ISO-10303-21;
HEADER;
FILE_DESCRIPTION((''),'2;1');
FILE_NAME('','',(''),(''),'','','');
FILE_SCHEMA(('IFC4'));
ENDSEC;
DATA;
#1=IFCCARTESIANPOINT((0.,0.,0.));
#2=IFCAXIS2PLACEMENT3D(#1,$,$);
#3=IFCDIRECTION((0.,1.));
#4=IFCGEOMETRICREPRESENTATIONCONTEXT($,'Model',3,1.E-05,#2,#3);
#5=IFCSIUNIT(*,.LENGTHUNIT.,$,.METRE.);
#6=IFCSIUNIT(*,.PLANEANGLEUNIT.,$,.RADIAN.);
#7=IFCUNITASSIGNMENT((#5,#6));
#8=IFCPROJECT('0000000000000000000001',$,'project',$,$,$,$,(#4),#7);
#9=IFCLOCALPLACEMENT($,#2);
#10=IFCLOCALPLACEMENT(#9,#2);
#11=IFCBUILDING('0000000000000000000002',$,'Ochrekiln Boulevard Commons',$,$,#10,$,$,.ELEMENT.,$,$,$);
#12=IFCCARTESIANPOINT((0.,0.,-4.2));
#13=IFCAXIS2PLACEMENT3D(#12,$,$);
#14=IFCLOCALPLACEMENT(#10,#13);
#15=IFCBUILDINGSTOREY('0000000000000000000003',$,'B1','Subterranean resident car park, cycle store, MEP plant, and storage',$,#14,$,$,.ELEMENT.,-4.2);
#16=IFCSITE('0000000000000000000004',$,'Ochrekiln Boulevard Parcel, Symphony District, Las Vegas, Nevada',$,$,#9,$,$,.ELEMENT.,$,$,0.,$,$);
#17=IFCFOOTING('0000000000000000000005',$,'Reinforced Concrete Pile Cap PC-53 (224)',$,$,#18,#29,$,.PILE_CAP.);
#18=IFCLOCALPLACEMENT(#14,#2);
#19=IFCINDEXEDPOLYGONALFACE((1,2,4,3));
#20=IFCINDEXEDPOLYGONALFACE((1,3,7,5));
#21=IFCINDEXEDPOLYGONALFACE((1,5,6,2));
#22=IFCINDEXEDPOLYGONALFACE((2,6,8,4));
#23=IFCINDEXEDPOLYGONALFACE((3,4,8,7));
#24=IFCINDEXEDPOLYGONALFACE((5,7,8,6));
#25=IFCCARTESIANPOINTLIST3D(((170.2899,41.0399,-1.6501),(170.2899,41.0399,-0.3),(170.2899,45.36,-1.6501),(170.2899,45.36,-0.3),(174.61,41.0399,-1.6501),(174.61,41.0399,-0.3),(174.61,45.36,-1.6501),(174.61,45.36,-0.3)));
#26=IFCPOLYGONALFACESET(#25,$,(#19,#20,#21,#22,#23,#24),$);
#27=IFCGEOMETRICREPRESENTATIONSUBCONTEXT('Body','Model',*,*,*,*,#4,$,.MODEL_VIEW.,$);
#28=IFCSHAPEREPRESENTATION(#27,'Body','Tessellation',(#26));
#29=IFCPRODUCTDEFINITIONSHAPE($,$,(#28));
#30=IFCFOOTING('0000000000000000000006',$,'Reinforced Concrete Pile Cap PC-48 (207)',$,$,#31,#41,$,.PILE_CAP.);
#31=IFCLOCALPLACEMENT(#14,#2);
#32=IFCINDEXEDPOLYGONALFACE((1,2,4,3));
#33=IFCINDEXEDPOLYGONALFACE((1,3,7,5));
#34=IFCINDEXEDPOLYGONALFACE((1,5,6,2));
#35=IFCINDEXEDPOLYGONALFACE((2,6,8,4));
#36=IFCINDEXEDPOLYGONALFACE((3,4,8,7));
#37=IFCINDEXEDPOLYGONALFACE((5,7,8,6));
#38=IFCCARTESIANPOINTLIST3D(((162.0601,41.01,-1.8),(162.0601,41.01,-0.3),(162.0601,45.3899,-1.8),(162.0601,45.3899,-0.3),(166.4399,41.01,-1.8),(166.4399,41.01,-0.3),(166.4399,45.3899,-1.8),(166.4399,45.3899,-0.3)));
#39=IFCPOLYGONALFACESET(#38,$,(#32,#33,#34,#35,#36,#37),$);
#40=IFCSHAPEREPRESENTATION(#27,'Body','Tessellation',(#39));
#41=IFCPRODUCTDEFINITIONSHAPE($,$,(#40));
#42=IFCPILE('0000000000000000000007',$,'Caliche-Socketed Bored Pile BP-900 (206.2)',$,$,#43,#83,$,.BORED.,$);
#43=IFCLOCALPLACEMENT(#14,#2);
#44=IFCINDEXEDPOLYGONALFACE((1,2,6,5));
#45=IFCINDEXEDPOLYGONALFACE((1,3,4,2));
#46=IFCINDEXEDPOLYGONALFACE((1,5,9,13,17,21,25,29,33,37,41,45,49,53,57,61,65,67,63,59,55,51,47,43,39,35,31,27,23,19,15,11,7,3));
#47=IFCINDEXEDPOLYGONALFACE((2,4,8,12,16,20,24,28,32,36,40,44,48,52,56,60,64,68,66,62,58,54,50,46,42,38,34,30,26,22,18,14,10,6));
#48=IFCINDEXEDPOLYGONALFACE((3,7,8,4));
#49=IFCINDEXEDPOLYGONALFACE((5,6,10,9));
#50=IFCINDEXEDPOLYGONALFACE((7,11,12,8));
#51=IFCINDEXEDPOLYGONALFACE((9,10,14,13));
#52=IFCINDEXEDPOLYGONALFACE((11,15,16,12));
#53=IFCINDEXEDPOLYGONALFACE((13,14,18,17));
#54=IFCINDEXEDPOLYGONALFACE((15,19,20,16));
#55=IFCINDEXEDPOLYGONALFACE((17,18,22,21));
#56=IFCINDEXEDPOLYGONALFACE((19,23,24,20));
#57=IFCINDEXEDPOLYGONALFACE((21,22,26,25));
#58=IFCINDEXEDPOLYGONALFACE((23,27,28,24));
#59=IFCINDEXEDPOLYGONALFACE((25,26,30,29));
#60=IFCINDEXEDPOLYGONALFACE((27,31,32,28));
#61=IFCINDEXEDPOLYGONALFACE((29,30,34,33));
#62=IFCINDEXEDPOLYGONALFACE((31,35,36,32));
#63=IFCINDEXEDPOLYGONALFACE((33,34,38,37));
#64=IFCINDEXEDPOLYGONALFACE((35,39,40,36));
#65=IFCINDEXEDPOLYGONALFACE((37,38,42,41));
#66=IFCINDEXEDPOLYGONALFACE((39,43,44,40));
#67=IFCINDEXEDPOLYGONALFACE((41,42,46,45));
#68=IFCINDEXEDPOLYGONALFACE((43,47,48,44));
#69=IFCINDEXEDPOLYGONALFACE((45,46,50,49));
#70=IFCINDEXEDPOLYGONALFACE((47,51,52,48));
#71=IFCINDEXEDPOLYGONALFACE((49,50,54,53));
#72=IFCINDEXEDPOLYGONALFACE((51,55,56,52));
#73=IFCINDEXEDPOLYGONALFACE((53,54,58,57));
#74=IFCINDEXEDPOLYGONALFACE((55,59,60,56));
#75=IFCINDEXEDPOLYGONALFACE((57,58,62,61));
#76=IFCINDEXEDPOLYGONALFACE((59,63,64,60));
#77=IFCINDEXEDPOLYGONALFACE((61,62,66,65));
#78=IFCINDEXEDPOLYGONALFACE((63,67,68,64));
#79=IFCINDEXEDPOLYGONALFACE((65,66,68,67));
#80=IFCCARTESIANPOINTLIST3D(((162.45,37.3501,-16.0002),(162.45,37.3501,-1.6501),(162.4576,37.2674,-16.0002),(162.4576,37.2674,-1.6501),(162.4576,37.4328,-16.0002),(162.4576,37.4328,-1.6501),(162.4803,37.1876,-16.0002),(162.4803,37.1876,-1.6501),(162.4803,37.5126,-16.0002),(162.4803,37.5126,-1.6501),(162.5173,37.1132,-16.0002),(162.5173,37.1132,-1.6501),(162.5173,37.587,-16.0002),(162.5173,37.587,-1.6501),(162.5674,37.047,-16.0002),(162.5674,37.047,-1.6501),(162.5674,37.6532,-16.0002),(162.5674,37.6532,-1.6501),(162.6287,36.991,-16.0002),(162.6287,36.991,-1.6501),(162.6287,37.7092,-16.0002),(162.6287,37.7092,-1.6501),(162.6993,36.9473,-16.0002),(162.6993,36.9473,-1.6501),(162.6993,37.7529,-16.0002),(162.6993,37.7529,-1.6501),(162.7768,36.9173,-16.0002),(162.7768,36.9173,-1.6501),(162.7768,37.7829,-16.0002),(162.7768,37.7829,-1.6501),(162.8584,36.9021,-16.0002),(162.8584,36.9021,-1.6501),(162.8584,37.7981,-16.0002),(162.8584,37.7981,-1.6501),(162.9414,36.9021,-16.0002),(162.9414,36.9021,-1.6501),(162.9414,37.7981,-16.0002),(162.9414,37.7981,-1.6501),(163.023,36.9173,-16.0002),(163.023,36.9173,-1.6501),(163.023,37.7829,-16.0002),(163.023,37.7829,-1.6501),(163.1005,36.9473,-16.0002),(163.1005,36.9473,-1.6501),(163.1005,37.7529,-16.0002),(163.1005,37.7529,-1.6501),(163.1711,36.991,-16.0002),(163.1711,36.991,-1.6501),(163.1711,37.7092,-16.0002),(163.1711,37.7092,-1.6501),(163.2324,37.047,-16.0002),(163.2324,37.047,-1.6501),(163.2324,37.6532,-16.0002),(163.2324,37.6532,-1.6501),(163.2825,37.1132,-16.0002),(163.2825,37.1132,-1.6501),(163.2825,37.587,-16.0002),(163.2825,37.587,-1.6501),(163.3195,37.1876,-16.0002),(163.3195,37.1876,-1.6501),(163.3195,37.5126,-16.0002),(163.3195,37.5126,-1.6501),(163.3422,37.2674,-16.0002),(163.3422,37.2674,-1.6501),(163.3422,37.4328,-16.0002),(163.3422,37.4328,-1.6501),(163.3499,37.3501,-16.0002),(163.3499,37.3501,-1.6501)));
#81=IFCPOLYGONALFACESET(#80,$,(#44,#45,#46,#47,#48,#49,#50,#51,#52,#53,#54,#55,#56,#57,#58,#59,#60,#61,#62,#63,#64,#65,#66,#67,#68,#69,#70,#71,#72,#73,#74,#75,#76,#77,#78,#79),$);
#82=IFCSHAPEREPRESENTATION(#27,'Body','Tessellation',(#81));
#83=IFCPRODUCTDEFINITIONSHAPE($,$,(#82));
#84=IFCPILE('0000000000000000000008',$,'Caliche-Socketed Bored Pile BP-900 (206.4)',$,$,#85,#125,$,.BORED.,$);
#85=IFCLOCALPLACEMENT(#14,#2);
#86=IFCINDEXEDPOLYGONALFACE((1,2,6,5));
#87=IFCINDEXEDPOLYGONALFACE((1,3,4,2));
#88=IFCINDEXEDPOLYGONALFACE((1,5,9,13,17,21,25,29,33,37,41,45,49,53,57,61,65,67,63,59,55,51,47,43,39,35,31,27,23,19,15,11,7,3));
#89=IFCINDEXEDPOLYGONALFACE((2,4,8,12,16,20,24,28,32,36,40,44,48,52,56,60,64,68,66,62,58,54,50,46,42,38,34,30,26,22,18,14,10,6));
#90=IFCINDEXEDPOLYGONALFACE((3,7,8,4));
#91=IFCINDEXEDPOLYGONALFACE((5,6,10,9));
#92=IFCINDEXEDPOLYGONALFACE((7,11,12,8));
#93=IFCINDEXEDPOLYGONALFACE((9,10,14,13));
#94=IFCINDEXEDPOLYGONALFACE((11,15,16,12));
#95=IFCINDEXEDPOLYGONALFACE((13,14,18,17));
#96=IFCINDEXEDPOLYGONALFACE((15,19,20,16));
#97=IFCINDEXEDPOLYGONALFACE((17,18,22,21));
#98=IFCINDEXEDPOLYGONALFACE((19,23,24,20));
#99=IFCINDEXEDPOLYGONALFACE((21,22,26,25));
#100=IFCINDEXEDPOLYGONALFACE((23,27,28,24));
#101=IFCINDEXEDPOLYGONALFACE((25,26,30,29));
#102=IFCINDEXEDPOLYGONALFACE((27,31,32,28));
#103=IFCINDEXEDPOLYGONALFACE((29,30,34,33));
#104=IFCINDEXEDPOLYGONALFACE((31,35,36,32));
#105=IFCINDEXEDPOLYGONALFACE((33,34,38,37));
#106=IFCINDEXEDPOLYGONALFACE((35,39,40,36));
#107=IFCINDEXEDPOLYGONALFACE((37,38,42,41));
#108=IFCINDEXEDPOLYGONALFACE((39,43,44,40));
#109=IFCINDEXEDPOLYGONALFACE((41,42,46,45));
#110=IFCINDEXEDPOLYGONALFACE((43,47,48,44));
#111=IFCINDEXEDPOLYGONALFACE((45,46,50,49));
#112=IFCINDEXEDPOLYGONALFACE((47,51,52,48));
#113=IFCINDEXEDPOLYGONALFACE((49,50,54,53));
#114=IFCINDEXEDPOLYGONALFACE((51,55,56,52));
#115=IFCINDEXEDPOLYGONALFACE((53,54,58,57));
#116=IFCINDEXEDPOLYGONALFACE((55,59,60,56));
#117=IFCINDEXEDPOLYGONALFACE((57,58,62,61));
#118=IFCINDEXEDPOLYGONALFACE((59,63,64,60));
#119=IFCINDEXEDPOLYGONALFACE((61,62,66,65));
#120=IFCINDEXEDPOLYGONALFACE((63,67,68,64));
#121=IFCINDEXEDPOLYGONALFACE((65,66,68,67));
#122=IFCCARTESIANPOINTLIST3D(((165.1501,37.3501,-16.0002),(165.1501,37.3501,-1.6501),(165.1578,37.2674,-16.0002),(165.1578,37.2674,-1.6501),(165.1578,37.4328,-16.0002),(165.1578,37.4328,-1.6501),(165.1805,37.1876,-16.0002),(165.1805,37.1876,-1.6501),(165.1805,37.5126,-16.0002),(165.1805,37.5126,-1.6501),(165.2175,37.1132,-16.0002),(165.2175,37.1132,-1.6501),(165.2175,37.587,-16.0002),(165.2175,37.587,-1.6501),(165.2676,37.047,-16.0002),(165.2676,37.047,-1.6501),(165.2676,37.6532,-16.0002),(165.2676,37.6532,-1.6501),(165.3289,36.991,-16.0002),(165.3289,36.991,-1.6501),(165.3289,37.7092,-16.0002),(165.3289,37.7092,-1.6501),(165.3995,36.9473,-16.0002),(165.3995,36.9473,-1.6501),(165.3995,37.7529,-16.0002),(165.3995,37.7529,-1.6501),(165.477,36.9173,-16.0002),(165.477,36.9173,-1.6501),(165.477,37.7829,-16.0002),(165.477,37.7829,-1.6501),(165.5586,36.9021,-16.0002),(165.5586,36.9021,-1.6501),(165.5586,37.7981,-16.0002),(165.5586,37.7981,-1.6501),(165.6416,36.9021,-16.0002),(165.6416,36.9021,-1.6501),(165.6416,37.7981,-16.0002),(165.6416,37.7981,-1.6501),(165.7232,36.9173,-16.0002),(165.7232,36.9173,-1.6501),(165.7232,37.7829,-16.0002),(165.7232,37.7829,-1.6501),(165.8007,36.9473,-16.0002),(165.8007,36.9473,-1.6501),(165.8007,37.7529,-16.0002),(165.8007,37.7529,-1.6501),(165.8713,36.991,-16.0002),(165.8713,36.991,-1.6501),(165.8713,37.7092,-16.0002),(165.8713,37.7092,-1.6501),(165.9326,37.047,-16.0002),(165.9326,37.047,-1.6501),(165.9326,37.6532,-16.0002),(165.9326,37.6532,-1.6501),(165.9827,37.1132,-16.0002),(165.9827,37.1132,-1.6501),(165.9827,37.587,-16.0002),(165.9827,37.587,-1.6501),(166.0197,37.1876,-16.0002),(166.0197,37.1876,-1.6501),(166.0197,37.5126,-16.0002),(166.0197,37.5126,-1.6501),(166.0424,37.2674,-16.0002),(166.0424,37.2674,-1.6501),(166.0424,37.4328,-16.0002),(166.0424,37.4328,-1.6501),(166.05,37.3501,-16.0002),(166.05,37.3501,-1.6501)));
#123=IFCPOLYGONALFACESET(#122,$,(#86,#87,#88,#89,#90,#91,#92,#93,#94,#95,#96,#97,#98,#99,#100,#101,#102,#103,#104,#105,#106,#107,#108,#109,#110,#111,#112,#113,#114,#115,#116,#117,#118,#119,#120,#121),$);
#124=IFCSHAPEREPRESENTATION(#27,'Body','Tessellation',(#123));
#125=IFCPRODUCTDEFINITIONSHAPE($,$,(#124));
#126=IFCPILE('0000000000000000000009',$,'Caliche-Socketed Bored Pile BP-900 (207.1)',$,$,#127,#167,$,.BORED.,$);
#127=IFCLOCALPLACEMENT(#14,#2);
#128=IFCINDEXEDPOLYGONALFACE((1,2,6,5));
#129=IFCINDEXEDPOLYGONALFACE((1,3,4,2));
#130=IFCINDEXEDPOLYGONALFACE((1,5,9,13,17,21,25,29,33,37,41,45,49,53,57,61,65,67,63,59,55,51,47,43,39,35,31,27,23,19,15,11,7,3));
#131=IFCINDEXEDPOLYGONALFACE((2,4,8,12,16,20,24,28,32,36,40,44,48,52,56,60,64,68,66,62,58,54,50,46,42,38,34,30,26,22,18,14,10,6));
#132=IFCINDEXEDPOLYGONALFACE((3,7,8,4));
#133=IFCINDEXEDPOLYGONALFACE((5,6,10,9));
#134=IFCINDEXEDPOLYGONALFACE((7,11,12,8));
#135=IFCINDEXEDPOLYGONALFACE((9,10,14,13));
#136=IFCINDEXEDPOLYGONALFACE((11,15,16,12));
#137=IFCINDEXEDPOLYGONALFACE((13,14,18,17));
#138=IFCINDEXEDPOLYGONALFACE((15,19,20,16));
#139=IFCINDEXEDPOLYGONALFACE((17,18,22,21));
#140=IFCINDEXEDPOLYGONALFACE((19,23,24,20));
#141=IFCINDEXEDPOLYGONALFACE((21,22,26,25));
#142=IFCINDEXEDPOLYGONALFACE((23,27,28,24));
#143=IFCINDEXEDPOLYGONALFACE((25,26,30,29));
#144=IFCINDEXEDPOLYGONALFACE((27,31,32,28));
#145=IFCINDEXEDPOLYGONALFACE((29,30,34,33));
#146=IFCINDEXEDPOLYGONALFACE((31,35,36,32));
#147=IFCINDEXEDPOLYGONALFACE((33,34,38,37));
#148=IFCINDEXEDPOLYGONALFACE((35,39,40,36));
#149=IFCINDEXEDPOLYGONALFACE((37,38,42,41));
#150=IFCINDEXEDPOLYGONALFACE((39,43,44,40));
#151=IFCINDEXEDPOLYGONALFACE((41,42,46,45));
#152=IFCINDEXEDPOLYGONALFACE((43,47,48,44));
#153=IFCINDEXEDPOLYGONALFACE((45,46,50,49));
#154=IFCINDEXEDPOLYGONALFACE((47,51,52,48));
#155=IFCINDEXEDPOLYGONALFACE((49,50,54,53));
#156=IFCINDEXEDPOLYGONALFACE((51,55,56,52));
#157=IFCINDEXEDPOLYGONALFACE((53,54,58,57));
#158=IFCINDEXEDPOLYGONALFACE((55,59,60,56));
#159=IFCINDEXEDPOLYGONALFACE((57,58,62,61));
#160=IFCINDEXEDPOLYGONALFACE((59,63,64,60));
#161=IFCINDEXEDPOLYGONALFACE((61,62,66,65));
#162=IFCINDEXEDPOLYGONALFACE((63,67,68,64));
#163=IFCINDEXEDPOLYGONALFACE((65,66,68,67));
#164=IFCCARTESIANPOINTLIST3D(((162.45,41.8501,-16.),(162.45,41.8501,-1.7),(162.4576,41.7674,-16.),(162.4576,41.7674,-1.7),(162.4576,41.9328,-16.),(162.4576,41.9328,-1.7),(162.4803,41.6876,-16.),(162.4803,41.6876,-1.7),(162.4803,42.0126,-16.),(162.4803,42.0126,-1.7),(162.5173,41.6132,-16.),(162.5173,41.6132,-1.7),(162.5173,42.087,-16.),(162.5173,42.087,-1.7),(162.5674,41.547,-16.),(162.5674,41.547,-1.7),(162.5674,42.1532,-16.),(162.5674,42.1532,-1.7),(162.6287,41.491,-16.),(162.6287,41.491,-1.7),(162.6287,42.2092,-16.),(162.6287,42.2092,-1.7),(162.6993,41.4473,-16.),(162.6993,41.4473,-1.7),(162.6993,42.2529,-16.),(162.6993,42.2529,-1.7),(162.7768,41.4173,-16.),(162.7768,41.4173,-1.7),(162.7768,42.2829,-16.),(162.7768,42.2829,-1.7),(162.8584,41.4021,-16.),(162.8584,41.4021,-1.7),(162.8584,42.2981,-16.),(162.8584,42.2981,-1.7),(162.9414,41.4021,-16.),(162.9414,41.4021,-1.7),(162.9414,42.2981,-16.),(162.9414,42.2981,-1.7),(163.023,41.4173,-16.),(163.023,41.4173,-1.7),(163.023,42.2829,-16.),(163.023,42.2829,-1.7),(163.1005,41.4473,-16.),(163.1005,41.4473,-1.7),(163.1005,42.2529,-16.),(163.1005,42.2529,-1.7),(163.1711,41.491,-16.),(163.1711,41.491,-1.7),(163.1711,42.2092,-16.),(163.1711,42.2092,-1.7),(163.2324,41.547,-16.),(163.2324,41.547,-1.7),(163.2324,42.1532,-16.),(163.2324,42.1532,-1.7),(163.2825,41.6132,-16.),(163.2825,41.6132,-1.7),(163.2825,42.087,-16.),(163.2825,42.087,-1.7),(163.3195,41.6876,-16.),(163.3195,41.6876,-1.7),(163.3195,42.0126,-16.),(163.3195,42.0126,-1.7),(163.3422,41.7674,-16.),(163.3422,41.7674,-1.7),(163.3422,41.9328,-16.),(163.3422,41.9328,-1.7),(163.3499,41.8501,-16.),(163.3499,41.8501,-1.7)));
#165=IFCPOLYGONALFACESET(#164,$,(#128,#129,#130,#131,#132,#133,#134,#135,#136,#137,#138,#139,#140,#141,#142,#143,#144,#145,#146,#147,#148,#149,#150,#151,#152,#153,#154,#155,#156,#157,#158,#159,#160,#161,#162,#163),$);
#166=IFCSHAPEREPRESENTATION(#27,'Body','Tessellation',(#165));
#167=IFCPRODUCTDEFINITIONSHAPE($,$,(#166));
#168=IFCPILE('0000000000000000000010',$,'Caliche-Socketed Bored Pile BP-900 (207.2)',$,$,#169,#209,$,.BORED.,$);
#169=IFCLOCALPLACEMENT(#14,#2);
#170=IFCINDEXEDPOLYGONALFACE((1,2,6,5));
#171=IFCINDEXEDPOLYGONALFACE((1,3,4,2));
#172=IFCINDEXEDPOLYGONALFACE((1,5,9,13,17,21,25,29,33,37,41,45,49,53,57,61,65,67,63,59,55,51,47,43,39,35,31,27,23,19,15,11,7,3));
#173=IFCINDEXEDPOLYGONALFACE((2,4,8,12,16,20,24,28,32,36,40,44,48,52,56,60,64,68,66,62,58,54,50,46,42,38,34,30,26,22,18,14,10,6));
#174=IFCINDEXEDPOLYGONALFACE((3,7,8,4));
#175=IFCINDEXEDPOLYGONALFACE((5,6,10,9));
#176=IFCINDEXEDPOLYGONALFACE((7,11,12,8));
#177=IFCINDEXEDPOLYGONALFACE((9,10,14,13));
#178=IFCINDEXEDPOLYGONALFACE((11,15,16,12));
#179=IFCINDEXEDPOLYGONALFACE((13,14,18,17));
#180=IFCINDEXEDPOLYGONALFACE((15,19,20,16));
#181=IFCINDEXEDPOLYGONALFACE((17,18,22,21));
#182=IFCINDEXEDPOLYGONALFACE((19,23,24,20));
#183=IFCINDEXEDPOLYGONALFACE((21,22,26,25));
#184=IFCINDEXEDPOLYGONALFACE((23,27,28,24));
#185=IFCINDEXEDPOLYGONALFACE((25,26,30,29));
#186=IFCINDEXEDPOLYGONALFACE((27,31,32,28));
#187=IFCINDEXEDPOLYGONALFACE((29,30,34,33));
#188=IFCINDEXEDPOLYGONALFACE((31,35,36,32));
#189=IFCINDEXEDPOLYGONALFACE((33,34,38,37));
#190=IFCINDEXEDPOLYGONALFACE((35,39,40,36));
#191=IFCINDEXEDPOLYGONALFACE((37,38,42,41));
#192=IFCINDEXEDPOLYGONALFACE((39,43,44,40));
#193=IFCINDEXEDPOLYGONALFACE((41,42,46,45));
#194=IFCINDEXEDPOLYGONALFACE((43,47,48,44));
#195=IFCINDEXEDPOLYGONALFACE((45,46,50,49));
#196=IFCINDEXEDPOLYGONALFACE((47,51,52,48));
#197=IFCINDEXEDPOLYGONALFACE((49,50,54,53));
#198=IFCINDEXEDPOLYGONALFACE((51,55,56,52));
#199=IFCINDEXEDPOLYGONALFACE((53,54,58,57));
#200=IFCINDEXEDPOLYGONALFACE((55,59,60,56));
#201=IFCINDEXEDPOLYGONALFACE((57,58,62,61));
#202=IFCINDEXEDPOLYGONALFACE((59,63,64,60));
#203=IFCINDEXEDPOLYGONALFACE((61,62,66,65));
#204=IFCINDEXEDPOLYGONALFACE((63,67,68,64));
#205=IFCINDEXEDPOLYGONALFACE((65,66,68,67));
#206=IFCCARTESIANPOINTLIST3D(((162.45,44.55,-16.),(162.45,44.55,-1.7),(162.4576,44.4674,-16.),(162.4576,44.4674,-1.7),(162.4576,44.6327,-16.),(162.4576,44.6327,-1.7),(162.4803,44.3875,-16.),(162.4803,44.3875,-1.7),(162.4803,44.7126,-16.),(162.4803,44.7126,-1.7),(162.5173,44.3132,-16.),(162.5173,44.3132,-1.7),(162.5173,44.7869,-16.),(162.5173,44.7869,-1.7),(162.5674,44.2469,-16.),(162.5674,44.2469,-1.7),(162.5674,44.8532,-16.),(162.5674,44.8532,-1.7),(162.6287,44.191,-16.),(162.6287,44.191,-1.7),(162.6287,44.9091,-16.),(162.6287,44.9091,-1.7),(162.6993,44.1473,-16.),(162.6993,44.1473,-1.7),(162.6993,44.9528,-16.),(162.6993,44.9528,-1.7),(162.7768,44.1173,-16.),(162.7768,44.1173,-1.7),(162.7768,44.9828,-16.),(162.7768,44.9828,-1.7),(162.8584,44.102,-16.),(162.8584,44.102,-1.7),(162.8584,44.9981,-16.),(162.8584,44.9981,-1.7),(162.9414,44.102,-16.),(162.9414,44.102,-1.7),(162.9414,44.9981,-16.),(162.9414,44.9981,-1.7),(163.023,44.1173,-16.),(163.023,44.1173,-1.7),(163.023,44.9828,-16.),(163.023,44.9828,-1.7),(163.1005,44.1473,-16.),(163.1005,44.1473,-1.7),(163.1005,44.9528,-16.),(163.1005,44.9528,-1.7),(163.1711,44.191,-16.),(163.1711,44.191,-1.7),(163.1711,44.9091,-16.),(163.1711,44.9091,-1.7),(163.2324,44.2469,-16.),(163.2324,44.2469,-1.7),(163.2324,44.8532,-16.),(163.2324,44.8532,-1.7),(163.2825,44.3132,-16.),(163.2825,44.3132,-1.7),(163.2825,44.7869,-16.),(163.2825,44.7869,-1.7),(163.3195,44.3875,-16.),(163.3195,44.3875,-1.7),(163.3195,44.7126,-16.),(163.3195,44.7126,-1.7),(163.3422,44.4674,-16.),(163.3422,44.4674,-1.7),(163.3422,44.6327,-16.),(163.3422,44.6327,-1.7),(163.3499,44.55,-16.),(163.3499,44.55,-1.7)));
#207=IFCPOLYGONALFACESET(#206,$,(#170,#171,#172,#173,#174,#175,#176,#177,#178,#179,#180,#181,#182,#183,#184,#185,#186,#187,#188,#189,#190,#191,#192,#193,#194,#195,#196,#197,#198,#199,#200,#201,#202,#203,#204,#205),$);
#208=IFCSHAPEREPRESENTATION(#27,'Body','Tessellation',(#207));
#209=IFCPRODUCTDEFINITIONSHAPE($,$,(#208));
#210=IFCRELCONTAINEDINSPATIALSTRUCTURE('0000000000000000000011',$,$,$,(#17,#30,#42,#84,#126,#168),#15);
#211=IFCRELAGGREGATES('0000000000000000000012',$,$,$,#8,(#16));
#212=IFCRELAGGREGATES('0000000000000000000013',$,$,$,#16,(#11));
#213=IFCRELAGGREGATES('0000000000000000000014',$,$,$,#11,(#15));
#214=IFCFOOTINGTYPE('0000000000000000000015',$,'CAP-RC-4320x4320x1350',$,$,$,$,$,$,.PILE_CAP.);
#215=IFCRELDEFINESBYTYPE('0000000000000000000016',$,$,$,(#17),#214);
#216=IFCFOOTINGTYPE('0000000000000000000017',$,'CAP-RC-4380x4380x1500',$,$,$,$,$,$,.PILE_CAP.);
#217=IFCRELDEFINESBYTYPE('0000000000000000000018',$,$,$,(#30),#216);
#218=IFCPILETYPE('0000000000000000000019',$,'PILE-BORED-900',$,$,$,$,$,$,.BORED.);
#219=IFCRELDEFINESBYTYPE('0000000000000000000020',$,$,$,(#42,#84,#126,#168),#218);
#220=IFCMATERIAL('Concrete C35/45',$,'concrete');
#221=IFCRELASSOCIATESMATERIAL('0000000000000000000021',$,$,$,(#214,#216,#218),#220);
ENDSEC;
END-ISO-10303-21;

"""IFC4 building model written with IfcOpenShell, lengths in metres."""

from ifc_helpers import new_model, si_unit, direction, frame, origin, origin_2d, place, context, subcontext, project, spatial, rectangle, circle, extrude, material, material_profile, profile_set, type_object, element, save


model = new_model("IFC4")

# Units and contexts
model_context = context("Model", 3, precision=1e-05, world=origin(), true_north=direction((0.0, 1.0)))
body_context = subcontext(model_context, "Body", "Model", "MODEL_VIEW")
ifc_project = project(units=[si_unit("LENGTHUNIT", "METRE"), si_unit("PLANEANGLEUNIT", "RADIAN")], contexts=[model_context])

# Site, building, storey
site_placement = place(None, origin())
site = spatial("IfcSite", under=ifc_project, at=site_placement, Name="Ochrekiln Boulevard Parcel, Symphony District, Las Vegas, Nevada", CompositionType="ELEMENT", RefElevation=0.0)
building_placement = place(site_placement, origin())
building = spatial("IfcBuilding", under=site, at=building_placement, Name="Ochrekiln Boulevard Commons", CompositionType="ELEMENT")
storey_placement = place(building_placement, frame((0.0, 0.0, -4.2)))
storey = spatial("IfcBuildingStorey", under=building, at=storey_placement, Name="B1", Description="Subterranean resident car park, cycle store, MEP plant, and storage", CompositionType="ELEMENT", Elevation=-4.2)

# Footings
ifc_material_1 = material(Name="Concrete C35/45", Category="concrete")
footing_type_1 = type_object("IfcFootingType", Name="CAP-RC-4320x4320x1350", PredefinedType="PILE_CAP", material=ifc_material_1)
footing_1_placement = place(storey_placement, frame((172.45, 43.2, -1.6501), z_axis=(0.0, 0.0, 1.0), x_axis=(1.0, 0.0, 0.0)))
element("IfcFooting", 1, at=footing_1_placement, inside=storey, type_object=footing_type_1, Name="Reinforced Concrete Pile Cap PC-53 (224)", PredefinedType="PILE_CAP", context=body_context, shape_type="SweptSolid", body=[
    extrude(rectangle(XDim=4.3201, YDim=4.3201, at=origin_2d()), origin(), (0.0, 0.0, 1.0), 1.3501),
])
footing_type_2 = type_object("IfcFootingType", Name="CAP-RC-4380x4380x1500", PredefinedType="PILE_CAP", material=ifc_material_1)
footing_2_placement = place(storey_placement, frame((164.25, 43.2, -1.8), z_axis=(0.0, 0.0, 1.0), x_axis=(1.0, 0.0, 0.0)))
element("IfcFooting", 2, at=footing_2_placement, inside=storey, type_object=footing_type_2, Name="Reinforced Concrete Pile Cap PC-48 (207)", PredefinedType="PILE_CAP", context=body_context, shape_type="SweptSolid", body=[
    extrude(rectangle(XDim=4.3799, YDim=4.3799, at=origin_2d()), origin(), (0.0, 0.0, 1.0), 1.5),
])

# Piles
ifc_material_profile_1 = material_profile(ifc_material_1, circle(Radius=0.45, at=origin_2d()), Name="PILE-D900")
ifc_profile_set_1 = profile_set([ifc_material_profile_1], Name="Concrete C35/45")
pile_type = type_object("IfcPileType", Name="PILE-BORED-900", PredefinedType="BORED", material=ifc_profile_set_1)
for number, where, z_axis, x_axis, name in (
    (3, (162.8999, 37.3501, -1.6501), (0.0, 0.0, -1.0), (1.0, 0.0, 0.0), "Caliche-Socketed Bored Pile BP-900 (206.2)"),
    (4, (165.6001, 37.3501, -1.6501), (0.0, 0.0, -1.0), (1.0, 0.0, 0.0), "Caliche-Socketed Bored Pile BP-900 (206.4)"),
):
    element("IfcPile", number, at=place(storey_placement, frame(where, z_axis=z_axis, x_axis=x_axis)), inside=storey, type_object=pile_type, Name=name, PredefinedType="BORED", context=body_context, shape_type="SweptSolid", body=[
        extrude(circle(Radius=0.45, at=origin_2d()), origin(), (0.0, 0.0, 1.0), 14.3501),
    ])
for number, where, z_axis, x_axis, name in (
    (5, (162.8999, 41.8501, -1.7), (0.0, 0.0, -1.0), (1.0, 0.0, 0.0), "Caliche-Socketed Bored Pile BP-900 (207.1)"),
    (6, (162.8999, 44.55, -1.7), (0.0, 0.0, -1.0), (1.0, 0.0, 0.0), "Caliche-Socketed Bored Pile BP-900 (207.2)"),
):
    element("IfcPile", number, at=place(storey_placement, frame(where, z_axis=z_axis, x_axis=x_axis)), inside=storey, type_object=pile_type, Name=name, PredefinedType="BORED", context=body_context, shape_type="SweptSolid", body=[
        extrude(circle(Radius=0.45, at=origin_2d()), origin(), (0.0, 0.0, 1.0), 14.3),
    ])

save(model, "model.ifc")
